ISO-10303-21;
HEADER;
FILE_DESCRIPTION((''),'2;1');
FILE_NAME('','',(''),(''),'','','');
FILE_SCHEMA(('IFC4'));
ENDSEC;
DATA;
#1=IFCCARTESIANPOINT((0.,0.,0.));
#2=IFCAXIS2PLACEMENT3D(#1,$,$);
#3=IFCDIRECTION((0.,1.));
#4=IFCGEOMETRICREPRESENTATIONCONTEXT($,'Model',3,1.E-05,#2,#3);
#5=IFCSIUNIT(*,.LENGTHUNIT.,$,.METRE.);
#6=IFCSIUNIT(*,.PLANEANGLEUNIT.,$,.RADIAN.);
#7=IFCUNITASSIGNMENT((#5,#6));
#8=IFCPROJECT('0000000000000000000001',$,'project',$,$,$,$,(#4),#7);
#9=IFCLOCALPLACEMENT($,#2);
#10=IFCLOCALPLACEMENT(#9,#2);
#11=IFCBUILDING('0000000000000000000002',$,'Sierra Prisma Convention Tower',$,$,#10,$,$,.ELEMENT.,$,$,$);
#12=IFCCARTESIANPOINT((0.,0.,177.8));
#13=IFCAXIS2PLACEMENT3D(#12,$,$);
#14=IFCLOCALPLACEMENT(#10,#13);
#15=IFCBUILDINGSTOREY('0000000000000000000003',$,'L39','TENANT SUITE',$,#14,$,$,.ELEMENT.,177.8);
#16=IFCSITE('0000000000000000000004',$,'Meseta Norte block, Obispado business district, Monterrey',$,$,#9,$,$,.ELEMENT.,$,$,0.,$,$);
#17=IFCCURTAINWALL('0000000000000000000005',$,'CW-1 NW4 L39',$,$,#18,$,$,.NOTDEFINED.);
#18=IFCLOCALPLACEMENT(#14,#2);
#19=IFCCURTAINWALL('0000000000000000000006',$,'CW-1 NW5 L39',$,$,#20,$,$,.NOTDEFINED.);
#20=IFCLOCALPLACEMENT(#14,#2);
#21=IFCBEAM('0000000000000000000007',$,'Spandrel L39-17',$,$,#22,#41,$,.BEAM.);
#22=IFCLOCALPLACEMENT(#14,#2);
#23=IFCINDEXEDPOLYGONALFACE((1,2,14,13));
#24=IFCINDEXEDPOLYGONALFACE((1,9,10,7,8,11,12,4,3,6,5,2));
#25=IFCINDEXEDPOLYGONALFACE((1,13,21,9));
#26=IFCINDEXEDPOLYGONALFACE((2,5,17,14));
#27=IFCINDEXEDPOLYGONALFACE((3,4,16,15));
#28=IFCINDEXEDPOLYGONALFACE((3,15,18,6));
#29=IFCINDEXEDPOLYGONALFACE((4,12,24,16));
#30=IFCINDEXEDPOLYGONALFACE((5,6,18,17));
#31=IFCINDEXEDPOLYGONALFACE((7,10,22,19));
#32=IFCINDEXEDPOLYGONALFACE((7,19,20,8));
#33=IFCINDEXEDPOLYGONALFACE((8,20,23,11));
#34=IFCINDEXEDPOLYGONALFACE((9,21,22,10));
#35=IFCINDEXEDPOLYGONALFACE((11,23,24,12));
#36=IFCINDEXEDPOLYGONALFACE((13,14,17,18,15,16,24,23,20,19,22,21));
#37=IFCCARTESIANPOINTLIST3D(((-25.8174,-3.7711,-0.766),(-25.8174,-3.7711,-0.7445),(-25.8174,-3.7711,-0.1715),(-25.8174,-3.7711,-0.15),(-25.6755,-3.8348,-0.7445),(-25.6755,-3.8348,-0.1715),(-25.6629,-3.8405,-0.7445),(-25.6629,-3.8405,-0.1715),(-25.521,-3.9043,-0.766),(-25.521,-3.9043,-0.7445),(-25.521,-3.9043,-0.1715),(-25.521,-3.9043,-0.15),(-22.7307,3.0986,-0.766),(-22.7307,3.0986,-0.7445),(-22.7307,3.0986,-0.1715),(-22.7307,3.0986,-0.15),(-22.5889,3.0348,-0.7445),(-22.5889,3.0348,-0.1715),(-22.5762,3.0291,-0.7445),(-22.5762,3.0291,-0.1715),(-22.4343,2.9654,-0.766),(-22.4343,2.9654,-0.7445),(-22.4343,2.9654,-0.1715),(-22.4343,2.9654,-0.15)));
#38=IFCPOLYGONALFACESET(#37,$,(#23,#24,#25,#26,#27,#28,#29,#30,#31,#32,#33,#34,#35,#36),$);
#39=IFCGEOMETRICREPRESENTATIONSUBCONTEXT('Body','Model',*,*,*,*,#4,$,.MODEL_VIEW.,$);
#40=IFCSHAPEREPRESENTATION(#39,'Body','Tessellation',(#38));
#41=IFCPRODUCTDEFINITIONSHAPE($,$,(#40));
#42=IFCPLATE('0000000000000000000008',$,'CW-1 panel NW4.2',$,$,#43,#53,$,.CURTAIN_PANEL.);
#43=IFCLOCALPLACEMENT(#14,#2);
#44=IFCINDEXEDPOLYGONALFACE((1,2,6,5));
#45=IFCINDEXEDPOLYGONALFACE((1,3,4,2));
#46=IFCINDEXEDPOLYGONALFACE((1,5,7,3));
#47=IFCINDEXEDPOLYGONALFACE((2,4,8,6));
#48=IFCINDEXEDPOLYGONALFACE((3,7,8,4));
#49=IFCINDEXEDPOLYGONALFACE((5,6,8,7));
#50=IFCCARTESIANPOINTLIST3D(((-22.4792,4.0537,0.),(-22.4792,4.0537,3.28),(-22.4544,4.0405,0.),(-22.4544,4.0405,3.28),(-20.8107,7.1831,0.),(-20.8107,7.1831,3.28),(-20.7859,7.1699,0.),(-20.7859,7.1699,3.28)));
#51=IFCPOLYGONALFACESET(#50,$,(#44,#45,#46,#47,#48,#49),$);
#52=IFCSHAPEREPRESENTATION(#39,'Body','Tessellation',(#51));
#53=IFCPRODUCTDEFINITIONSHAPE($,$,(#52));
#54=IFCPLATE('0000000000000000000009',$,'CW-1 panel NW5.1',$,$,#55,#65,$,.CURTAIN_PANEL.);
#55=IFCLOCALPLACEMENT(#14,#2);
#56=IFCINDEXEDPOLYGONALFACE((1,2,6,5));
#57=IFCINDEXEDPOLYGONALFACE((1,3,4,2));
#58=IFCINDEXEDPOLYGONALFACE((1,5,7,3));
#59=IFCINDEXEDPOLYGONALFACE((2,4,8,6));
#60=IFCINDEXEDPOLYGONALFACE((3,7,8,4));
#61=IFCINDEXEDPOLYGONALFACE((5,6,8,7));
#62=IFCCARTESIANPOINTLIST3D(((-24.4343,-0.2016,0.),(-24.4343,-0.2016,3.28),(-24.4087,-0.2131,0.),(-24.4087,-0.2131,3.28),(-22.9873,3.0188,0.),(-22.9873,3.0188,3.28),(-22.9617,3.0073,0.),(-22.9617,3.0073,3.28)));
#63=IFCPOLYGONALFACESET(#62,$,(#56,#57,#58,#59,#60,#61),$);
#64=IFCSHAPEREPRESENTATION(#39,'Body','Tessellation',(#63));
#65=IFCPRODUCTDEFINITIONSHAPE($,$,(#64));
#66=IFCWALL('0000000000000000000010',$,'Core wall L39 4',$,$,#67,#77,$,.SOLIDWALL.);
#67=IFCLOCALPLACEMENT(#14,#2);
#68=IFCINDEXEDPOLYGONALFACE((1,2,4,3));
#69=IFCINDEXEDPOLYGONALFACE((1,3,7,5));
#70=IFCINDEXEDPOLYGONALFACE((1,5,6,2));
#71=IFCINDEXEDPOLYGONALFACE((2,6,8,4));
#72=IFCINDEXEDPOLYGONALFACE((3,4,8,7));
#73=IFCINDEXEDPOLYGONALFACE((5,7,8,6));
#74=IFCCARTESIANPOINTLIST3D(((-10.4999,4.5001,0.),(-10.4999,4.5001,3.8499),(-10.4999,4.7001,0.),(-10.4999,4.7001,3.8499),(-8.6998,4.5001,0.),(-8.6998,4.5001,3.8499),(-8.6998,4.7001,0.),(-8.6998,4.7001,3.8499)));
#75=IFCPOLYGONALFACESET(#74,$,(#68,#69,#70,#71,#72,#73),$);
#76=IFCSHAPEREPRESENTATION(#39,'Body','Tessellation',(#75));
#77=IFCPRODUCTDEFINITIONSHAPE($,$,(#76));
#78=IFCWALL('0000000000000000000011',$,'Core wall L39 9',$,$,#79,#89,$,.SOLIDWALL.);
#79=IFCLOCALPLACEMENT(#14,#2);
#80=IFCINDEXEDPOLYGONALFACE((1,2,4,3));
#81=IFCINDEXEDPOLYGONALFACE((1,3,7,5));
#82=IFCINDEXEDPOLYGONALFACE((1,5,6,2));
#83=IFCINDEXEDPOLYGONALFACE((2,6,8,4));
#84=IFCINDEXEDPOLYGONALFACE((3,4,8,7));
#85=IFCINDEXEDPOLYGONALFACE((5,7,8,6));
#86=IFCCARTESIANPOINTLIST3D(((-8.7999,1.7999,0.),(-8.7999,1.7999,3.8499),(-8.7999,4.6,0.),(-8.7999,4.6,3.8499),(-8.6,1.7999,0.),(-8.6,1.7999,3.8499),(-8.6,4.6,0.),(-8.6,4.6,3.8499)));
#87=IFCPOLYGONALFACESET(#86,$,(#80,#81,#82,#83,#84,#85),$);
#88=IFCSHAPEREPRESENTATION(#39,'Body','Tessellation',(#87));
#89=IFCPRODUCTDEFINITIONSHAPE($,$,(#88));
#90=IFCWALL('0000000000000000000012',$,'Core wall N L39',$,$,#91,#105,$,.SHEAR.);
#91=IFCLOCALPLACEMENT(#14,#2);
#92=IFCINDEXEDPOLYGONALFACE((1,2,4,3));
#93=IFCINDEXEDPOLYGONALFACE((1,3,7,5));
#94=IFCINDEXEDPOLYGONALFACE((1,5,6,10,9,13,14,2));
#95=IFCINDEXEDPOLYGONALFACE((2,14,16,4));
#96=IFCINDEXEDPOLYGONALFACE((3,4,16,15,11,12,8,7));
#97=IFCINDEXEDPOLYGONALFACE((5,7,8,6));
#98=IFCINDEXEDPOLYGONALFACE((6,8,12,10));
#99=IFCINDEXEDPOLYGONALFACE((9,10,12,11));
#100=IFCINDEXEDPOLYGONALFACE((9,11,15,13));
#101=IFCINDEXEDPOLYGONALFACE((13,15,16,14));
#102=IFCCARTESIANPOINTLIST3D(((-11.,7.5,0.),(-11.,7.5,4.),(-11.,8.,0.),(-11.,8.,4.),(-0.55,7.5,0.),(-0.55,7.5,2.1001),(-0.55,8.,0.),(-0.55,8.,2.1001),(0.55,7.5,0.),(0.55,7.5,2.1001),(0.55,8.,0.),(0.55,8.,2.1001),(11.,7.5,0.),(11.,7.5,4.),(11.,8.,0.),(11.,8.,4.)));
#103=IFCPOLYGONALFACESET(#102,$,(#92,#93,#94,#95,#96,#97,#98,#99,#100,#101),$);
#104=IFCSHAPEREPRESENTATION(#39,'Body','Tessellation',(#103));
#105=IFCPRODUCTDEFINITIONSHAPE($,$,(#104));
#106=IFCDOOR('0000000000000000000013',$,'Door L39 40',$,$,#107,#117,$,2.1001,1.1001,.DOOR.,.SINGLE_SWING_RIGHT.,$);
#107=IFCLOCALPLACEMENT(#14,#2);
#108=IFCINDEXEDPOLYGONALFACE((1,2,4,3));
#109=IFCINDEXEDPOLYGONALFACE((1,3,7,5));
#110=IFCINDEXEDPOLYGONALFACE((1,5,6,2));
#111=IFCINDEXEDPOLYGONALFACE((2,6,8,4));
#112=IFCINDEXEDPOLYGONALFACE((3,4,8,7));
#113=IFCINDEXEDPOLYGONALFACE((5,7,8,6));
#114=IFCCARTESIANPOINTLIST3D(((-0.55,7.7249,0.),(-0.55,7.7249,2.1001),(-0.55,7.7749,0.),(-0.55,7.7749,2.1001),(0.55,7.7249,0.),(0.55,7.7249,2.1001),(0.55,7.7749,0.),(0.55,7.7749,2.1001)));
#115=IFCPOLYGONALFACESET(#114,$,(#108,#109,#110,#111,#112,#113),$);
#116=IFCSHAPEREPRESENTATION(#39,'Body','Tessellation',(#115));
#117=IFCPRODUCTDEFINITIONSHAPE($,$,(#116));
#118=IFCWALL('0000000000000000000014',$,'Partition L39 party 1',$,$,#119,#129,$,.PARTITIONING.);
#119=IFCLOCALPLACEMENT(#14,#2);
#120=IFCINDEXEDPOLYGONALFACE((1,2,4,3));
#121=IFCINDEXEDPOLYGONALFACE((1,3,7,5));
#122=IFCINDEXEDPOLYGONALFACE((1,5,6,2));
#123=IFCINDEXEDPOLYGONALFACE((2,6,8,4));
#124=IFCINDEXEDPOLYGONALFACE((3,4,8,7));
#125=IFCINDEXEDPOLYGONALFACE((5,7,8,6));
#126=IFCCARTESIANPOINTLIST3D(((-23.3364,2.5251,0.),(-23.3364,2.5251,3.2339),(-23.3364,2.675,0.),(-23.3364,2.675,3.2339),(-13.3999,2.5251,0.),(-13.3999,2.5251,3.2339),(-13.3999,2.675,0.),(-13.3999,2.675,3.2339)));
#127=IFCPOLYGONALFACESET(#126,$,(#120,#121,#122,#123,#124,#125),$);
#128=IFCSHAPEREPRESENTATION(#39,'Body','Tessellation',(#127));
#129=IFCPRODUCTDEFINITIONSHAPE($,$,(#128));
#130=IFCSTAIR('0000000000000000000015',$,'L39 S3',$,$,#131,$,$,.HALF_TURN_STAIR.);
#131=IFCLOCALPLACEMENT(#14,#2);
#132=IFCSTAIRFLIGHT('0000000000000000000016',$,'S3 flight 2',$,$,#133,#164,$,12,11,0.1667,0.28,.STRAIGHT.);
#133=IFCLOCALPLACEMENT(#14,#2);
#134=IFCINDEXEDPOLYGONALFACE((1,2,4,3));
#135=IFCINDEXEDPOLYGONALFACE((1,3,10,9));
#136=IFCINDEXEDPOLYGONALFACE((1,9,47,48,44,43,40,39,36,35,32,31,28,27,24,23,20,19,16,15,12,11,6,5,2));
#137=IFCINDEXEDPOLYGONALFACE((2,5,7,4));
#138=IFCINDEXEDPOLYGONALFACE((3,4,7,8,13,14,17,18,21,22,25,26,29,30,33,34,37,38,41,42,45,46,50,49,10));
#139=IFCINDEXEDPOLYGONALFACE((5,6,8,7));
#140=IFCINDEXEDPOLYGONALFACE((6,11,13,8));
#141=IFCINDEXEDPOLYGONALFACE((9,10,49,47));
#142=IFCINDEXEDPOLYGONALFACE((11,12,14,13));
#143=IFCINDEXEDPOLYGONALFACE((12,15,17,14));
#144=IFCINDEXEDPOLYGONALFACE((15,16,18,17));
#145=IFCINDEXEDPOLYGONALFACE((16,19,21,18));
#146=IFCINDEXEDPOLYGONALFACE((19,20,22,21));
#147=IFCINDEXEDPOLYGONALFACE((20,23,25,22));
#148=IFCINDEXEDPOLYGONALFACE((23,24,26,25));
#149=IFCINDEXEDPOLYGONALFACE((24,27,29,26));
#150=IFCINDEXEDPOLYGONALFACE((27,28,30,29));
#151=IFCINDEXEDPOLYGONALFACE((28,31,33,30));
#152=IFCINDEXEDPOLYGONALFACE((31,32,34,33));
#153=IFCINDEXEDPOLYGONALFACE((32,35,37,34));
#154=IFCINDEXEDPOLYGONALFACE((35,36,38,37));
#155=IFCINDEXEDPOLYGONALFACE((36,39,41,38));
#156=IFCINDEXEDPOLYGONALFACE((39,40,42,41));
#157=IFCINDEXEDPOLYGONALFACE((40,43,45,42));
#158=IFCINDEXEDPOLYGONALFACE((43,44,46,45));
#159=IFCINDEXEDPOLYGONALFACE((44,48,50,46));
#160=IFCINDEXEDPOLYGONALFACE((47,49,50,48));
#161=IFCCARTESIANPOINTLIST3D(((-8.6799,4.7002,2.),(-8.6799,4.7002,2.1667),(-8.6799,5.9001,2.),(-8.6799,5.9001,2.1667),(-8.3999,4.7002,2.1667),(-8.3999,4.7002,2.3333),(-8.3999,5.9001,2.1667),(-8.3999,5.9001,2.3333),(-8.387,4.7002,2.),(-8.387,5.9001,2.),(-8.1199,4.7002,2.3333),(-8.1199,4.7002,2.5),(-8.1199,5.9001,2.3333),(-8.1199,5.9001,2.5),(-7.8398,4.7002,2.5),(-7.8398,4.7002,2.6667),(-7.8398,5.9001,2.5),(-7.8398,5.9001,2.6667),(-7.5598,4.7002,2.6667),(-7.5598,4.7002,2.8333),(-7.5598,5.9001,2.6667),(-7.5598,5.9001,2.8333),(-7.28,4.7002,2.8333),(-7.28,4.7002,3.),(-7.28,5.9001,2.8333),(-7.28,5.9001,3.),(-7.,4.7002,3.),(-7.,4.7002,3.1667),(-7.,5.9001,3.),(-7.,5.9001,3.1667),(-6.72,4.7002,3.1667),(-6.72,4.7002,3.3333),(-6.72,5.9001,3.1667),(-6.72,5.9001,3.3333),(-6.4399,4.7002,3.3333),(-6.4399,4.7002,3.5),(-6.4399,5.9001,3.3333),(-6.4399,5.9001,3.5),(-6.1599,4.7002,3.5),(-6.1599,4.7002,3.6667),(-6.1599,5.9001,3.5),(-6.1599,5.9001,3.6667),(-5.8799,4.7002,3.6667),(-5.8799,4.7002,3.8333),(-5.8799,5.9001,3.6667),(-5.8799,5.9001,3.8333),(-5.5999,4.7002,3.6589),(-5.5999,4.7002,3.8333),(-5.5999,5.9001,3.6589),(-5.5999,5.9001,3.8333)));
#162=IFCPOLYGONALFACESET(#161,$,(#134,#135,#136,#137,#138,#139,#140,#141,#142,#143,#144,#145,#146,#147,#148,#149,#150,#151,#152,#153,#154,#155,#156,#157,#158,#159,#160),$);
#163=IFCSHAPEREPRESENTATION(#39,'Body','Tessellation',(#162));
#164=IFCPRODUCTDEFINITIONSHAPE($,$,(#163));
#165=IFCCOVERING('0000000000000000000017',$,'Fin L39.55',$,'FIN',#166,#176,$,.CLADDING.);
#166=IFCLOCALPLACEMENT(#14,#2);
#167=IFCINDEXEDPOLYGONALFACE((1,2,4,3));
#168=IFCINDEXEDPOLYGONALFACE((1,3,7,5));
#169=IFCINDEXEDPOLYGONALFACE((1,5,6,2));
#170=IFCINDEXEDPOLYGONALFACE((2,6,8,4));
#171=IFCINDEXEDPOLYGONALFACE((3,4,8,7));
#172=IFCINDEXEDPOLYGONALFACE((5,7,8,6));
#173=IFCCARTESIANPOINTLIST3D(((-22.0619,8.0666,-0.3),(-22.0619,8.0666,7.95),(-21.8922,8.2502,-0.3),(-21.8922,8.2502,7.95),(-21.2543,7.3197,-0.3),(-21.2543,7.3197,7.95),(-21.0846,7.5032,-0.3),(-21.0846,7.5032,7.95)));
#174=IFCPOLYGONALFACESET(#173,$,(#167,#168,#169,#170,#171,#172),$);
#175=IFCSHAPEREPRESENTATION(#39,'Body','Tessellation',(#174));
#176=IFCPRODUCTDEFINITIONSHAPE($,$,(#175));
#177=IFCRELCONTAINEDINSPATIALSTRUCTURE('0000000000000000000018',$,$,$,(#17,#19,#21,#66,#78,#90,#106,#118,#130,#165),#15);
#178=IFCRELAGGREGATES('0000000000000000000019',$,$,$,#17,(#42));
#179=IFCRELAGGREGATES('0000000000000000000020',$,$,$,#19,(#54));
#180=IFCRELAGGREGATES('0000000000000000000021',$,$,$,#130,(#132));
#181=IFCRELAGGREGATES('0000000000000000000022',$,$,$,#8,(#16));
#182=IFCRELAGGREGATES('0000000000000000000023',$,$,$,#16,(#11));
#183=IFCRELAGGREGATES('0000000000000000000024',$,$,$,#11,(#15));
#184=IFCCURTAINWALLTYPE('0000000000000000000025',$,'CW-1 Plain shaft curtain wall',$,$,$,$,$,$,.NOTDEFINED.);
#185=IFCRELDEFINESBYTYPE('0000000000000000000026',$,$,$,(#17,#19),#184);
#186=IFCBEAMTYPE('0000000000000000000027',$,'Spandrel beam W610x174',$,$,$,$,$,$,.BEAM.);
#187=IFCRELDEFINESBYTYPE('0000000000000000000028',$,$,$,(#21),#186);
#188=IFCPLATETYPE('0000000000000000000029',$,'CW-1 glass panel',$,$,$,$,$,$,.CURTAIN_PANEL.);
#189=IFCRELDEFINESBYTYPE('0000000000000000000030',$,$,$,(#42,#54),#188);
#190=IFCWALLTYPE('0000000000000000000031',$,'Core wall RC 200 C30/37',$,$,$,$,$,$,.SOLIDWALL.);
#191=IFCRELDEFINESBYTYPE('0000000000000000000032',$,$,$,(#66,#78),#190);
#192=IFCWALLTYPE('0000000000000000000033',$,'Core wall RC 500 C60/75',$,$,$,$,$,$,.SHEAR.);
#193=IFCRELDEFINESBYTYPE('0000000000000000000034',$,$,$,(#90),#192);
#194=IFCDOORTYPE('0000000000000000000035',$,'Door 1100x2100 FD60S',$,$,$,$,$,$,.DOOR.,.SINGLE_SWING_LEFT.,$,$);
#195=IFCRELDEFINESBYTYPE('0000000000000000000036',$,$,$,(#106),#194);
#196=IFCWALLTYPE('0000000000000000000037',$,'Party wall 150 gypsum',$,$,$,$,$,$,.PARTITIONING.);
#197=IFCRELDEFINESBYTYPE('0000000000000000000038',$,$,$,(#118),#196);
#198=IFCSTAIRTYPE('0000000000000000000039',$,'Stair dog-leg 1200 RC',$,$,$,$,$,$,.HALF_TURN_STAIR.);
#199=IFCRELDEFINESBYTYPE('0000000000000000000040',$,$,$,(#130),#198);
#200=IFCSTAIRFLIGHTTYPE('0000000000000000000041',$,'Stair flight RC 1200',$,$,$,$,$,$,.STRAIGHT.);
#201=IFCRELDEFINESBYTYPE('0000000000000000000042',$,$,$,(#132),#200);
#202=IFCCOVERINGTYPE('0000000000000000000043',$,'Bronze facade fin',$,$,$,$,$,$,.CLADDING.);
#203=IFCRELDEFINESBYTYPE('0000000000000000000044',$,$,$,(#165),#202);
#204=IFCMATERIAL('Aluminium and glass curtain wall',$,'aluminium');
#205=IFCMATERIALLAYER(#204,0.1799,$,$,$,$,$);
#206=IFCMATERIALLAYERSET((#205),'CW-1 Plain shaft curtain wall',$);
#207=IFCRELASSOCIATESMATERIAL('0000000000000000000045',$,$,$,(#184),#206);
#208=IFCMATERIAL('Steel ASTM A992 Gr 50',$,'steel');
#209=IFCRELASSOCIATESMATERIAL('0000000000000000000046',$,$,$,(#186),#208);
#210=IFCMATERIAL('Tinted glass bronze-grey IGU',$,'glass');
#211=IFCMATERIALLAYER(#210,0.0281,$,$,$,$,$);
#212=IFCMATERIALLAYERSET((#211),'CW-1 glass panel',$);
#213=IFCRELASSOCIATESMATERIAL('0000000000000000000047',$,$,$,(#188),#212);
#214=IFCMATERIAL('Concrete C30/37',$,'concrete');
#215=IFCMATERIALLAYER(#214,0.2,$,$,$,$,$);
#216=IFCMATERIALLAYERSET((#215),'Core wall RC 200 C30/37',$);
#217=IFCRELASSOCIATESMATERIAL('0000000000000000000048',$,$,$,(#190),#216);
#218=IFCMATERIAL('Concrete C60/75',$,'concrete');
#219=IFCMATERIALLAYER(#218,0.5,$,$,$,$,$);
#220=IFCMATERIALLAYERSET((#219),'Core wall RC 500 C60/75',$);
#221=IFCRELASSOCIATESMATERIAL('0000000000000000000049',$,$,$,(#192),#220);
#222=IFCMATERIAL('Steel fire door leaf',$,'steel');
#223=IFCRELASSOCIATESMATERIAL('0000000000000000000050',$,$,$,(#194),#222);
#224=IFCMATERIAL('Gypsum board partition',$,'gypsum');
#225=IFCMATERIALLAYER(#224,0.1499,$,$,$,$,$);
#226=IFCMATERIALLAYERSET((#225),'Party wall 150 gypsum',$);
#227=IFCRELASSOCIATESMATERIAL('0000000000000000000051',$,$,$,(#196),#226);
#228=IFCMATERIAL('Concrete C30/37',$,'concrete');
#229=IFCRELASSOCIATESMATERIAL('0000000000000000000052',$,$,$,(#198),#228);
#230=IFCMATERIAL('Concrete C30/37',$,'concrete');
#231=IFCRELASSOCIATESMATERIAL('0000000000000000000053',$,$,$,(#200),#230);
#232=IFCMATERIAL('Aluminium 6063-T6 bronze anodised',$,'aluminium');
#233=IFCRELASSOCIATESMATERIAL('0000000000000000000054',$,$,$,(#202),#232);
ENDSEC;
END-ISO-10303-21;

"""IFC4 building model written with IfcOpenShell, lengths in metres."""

from ifc_helpers import new_model, si_unit, direction, frame, frame_2d, origin, origin_2d, place, context, subcontext, project, spatial, polyline, rectangle, i_section, outline, extrude, material, layer, layer_set, material_profile, profile_set, type_object, element, fill, aggregate, save


model = new_model("IFC4")

# Units and contexts
model_context = context("Model", 3, precision=1e-05, world=origin(), true_north=direction((0.0, 1.0)))
body_context = subcontext(model_context, "Body", "Model", "MODEL_VIEW")
ifc_project = project(units=[si_unit("LENGTHUNIT", "METRE"), si_unit("PLANEANGLEUNIT", "RADIAN")], contexts=[model_context])

# Site, building, storey
site_placement = place(None, origin())
site = spatial("IfcSite", under=ifc_project, at=site_placement, Name="Meseta Norte block, Obispado business district, Monterrey", CompositionType="ELEMENT", RefElevation=0.0)
building_placement = place(site_placement, origin())
building = spatial("IfcBuilding", under=site, at=building_placement, Name="Sierra Prisma Convention Tower", CompositionType="ELEMENT")
storey_placement = place(building_placement, frame((0.0, 0.0, 177.8)))
storey = spatial("IfcBuildingStorey", under=building, at=storey_placement, Name="L39", Description="TENANT SUITE", CompositionType="ELEMENT", Elevation=177.8)

# Curtain wall
ifc_material_1 = material(Name="Aluminium and glass curtain wall", Category="aluminium")
ifc_layer_1 = layer(ifc_material_1, 0.1799)
ifc_layer_set_1 = layer_set([ifc_layer_1], Name="CW-1 Plain shaft curtain wall")
curtain_wall_type = type_object("IfcCurtainWallType", Name="CW-1 Plain shaft curtain wall", PredefinedType="NOTDEFINED", material=ifc_layer_set_1)
curtain_wall_1_placement = place(storey_placement, origin())
curtain_wall_1 = element("IfcCurtainWall", 1, at=curtain_wall_1_placement, inside=storey, type_object=curtain_wall_type, Name="CW-1 NW4 L39", PredefinedType="NOTDEFINED")

# Curtain wall
curtain_wall_2_placement = place(storey_placement, origin())
curtain_wall_2 = element("IfcCurtainWall", 2, at=curtain_wall_2_placement, inside=storey, type_object=curtain_wall_type, Name="CW-1 NW5 L39", PredefinedType="NOTDEFINED")

# Beam
ifc_material_2 = material(Name="Steel ASTM A992 Gr 50", Category="steel")
ifc_material_profile_1 = material_profile(ifc_material_2, i_section(OverallWidth=0.325, OverallDepth=0.616, WebThickness=0.0139, FlangeThickness=0.0215, at=origin_2d()), Name="W610x174")
ifc_profile_set_1 = profile_set([ifc_material_profile_1], Name="Steel ASTM A992 Gr 50")
beam_type_1 = type_object("IfcBeamType", Name="Spandrel beam W610x174", PredefinedType="BEAM", material=ifc_profile_set_1)
beam_1_placement = place(storey_placement, frame((-22.5825, 3.032, -0.458), z_axis=(-0.40985, -0.912153, 0.0), x_axis=(0.912153, -0.40985, 0.0)))
element("IfcBeam", 3, at=beam_1_placement, inside=storey, type_object=beam_type_1, Name="Spandrel L39-17", PredefinedType="BEAM", context=body_context, shape_type="SweptSolid", body=[
    extrude(i_section(OverallWidth=0.325, OverallDepth=0.616, WebThickness=0.0139, FlangeThickness=0.0215, at=origin_2d()), origin(), (0.0, 0.0, 1.0), 7.5312),
])

# Plates
ifc_material_3 = material(Name="Tinted glass bronze-grey IGU", Category="glass")
ifc_layer_2 = layer(ifc_material_3, 0.0281)
ifc_layer_set_2 = layer_set([ifc_layer_2], Name="CW-1 glass panel")
plate_type = type_object("IfcPlateType", Name="CW-1 glass panel", PredefinedType="CURTAIN_PANEL", material=ifc_layer_set_2)
plate_1_placement = place(storey_placement, frame((-21.6326, 5.6118, 0.0), z_axis=(0.0, 0.0, 1.0), x_axis=(-0.470473, -0.882414, 0.0)))
plate_1 = element("IfcPlate", 4, at=plate_1_placement, type_object=plate_type, Name="CW-1 panel NW4.2", PredefinedType="CURTAIN_PANEL", context=body_context, shape_type="SweptSolid", body=[
    extrude(rectangle(XDim=3.5464, YDim=0.0281, at=origin_2d()), origin(), (0.0, 0.0, 1.0), 3.28),
])
aggregate(curtain_wall_1, [plate_1])
plate_2_placement = place(storey_placement, frame((-23.698, 1.4028, 0.0), z_axis=(0.0, 0.0, 1.0), x_axis=(-0.409843, -0.912156, 0.0)))
plate_2 = element("IfcPlate", 5, at=plate_2_placement, type_object=plate_type, Name="CW-1 panel NW5.1", PredefinedType="CURTAIN_PANEL", context=body_context, shape_type="SweptSolid", body=[
    extrude(rectangle(XDim=3.5305, YDim=0.0281, at=origin_2d()), origin(), (0.0, 0.0, 1.0), 3.28),
])
aggregate(curtain_wall_2, [plate_2])

# Shared definitions
ifc_material_4 = material(Name="Concrete C30/37", Category="concrete")
ifc_layer_3 = layer(ifc_material_4, 0.2)
ifc_layer_set_3 = layer_set([ifc_layer_3], Name="Core wall RC 200 C30/37")
wall_type_1 = type_object("IfcWallType", Name="Core wall RC 200 C30/37", PredefinedType="SOLIDWALL", material=ifc_layer_set_3)

# Walls
wall_1_placement = place(storey_placement, frame((-8.7, 4.6001, 0.0), z_axis=(0.0, 0.0, 1.0), x_axis=(-1.0, 0.0, 0.0)))
element("IfcWall", 6, at=wall_1_placement, inside=storey, type_object=wall_type_1, Name="Core wall L39 4", PredefinedType="SOLIDWALL", context=body_context, shape_type="SweptSolid", body=[
    extrude(rectangle(XDim=1.8, YDim=0.2, at=frame_2d((0.8999, 0.0))), origin(), (0.0, 0.0, 1.0), 3.8499),
])
wall_2_placement = place(storey_placement, frame((-8.7, 1.8, 0.0), z_axis=(0.0, 0.0, 1.0), x_axis=(0.0, 1.0, 0.0)))
element("IfcWall", 7, at=wall_2_placement, inside=storey, type_object=wall_type_1, Name="Core wall L39 9", PredefinedType="SOLIDWALL", context=body_context, shape_type="SweptSolid", body=[
    extrude(rectangle(XDim=2.8, YDim=0.2, at=frame_2d((1.3999, 0.0))), origin(), (0.0, 0.0, 1.0), 3.8499),
])

# Wall, opening, door
ifc_material_5 = material(Name="Concrete C60/75", Category="concrete")
ifc_layer_4 = layer(ifc_material_5, 0.5)
ifc_layer_set_4 = layer_set([ifc_layer_4], Name="Core wall RC 500 C60/75")
wall_type_2 = type_object("IfcWallType", Name="Core wall RC 500 C60/75", PredefinedType="SHEAR", material=ifc_layer_set_4)
wall_3_placement = place(storey_placement, frame((-11.0, 7.75, 0.0), z_axis=(0.0, 0.0, 1.0), x_axis=(1.0, 0.0, 0.0)))
wall_3 = element("IfcWall", 8, at=wall_3_placement, inside=storey, type_object=wall_type_2, Name="Core wall N L39", PredefinedType="SHEAR", context=body_context, shape_type="SweptSolid", body=[
    extrude(rectangle(XDim=22.0, YDim=0.5, at=frame_2d((11.0, 0.0))), origin(), (0.0, 0.0, 1.0), 4.0),
])
opening_1_placement = place(wall_3_placement, frame((10.45, 0.0, 0.0)))
opening_1 = element("IfcOpeningElement", 9, at=opening_1_placement, cuts=wall_3, PredefinedType="OPENING", context=body_context, shape_type="SweptSolid", body=[
    extrude(rectangle(XDim=1.1001, YDim=2.1001, at=frame_2d((0.55, 1.05))), frame((0.0, 0.25, 0.0), z_axis=(0.0, -1.0, 0.0), x_axis=(1.0, 0.0, 0.0)), (0.0, 0.0, 1.0), 0.5),
])
ifc_material_6 = material(Name="Steel fire door leaf", Category="steel")
door_type_1 = type_object("IfcDoorType", Name="Door 1100x2100 FD60S", OperationType="SINGLE_SWING_LEFT", PredefinedType="DOOR", material=ifc_material_6)
door_1_placement = place(opening_1_placement, origin())
door_1 = element("IfcDoor", 10, at=door_1_placement, inside=storey, type_object=door_type_1, Name="Door L39 40", OperationType="SINGLE_SWING_RIGHT", OverallHeight=2.1001, OverallWidth=1.1001, PredefinedType="DOOR", context=body_context, shape_type="SweptSolid", body=[
    extrude(rectangle(XDim=1.1001, YDim=2.1001, at=frame_2d((0.55, 1.05))), frame((0.0, 0.0249, 0.0), z_axis=(0.0, -1.0, 0.0), x_axis=(1.0, 0.0, 0.0)), (0.0, 0.0, 1.0), 0.05),
])
fill(opening_1, door_1)

# Wall
ifc_material_7 = material(Name="Gypsum board partition", Category="gypsum")
ifc_layer_5 = layer(ifc_material_7, 0.1499)
ifc_layer_set_5 = layer_set([ifc_layer_5], Name="Party wall 150 gypsum")
wall_type_3 = type_object("IfcWallType", Name="Party wall 150 gypsum", PredefinedType="PARTITIONING", material=ifc_layer_set_5)
wall_4_placement = place(storey_placement, frame((-13.3999, 2.6001, 0.0), z_axis=(0.0, 0.0, 1.0), x_axis=(-1.0, 0.0, 0.0)))
element("IfcWall", 11, at=wall_4_placement, inside=storey, type_object=wall_type_3, Name="Partition L39 party 1", PredefinedType="PARTITIONING", context=body_context, shape_type="SweptSolid", body=[
    extrude(rectangle(XDim=9.9365, YDim=0.1499, at=frame_2d((4.9683, 0.0))), origin(), (0.0, 0.0, 1.0), 3.2339),
])

# Stair, stair flight
ifc_material_8 = material(Name="Concrete C30/37", Category="concrete")
stair_type = type_object("IfcStairType", Name="Stair dog-leg 1200 RC", PredefinedType="HALF_TURN_STAIR", material=ifc_material_8)
stair_placement = place(storey_placement, origin())
stair = element("IfcStair", 12, at=stair_placement, inside=storey, type_object=stair_type, Name="L39 S3", PredefinedType="HALF_TURN_STAIR")
ifc_material_9 = material(Name="Concrete C30/37", Category="concrete")
stair_flight_type = type_object("IfcStairFlightType", Name="Stair flight RC 1200", PredefinedType="STRAIGHT", material=ifc_material_9)
stair_flight_placement = place(storey_placement, frame((-8.6799, 5.3, 2.0), z_axis=(0.0, 0.0, 1.0), x_axis=(1.0, 0.0, 0.0)))
stair_flight = element("IfcStairFlight", 13, at=stair_flight_placement, type_object=stair_flight_type, Name="S3 flight 2", NumberOfRisers=12, NumberOfTreads=11, PredefinedType="STRAIGHT", RiserHeight=0.1667, TreadLength=0.28, context=body_context, shape_type="SweptSolid", body=[
    extrude(outline(polyline([(0.0, 0.0), (0.0, 0.1667), (0.28, 0.1667), (0.28, 0.3333), (0.5601, 0.3333), (0.5601, 0.5), (0.8401, 0.5), (0.8401, 0.6667), (1.1201, 0.6667), (1.1201, 0.8333), (1.3999, 0.8333), (1.3999, 1.0), (1.6799, 1.0), (1.6799, 1.1667), (1.96, 1.1667), (1.96, 1.3333), (2.24, 1.3333), (2.24, 1.5), (2.52, 1.5), (2.52, 1.6667), (2.8, 1.6667), (2.8, 1.8333), (3.0801, 1.8333), (3.0801, 2.0), (3.0801, 1.6589), (0.293, 0.0), (0.0, 0.0)])), frame((0.0, 0.6001, 0.0), z_axis=(0.0, -1.0, 0.0), x_axis=(1.0, 0.0, 0.0)), (0.0, 0.0, 1.0), 1.2),
])
aggregate(stair, [stair_flight])

# Covering
ifc_material_10 = material(Name="Aluminium 6063-T6 bronze anodised", Category="aluminium")
ifc_material_profile_2 = material_profile(ifc_material_10, rectangle(XDim=1.1001, YDim=0.25, at=origin_2d()), Name="ALU FIN 1100x250")
ifc_profile_set_2 = profile_set([ifc_material_profile_2], Name="Aluminium 6063-T6 bronze anodised")
covering_type = type_object("IfcCoveringType", Name="Bronze facade fin", PredefinedType="CLADDING", material=ifc_profile_set_2)
for number, where, z_axis, x_axis, name in (
    (14, (-21.5732, 7.7849, -0.3), (0.0, 0.0, 1.0), (-0.734118, 0.679022, 0.0), "Fin L39.55"),
):
    element("IfcCovering", number, at=place(storey_placement, frame(where, z_axis=z_axis, x_axis=x_axis)), inside=storey, type_object=covering_type, Name=name, ObjectType="FIN", PredefinedType="CLADDING", context=body_context, shape_type="SweptSolid", body=[
        extrude(rectangle(XDim=1.1001, YDim=0.25, at=origin_2d()), origin(), (0.0, 0.0, 1.0), 8.25),
    ])

save(model, "model.ifc")
